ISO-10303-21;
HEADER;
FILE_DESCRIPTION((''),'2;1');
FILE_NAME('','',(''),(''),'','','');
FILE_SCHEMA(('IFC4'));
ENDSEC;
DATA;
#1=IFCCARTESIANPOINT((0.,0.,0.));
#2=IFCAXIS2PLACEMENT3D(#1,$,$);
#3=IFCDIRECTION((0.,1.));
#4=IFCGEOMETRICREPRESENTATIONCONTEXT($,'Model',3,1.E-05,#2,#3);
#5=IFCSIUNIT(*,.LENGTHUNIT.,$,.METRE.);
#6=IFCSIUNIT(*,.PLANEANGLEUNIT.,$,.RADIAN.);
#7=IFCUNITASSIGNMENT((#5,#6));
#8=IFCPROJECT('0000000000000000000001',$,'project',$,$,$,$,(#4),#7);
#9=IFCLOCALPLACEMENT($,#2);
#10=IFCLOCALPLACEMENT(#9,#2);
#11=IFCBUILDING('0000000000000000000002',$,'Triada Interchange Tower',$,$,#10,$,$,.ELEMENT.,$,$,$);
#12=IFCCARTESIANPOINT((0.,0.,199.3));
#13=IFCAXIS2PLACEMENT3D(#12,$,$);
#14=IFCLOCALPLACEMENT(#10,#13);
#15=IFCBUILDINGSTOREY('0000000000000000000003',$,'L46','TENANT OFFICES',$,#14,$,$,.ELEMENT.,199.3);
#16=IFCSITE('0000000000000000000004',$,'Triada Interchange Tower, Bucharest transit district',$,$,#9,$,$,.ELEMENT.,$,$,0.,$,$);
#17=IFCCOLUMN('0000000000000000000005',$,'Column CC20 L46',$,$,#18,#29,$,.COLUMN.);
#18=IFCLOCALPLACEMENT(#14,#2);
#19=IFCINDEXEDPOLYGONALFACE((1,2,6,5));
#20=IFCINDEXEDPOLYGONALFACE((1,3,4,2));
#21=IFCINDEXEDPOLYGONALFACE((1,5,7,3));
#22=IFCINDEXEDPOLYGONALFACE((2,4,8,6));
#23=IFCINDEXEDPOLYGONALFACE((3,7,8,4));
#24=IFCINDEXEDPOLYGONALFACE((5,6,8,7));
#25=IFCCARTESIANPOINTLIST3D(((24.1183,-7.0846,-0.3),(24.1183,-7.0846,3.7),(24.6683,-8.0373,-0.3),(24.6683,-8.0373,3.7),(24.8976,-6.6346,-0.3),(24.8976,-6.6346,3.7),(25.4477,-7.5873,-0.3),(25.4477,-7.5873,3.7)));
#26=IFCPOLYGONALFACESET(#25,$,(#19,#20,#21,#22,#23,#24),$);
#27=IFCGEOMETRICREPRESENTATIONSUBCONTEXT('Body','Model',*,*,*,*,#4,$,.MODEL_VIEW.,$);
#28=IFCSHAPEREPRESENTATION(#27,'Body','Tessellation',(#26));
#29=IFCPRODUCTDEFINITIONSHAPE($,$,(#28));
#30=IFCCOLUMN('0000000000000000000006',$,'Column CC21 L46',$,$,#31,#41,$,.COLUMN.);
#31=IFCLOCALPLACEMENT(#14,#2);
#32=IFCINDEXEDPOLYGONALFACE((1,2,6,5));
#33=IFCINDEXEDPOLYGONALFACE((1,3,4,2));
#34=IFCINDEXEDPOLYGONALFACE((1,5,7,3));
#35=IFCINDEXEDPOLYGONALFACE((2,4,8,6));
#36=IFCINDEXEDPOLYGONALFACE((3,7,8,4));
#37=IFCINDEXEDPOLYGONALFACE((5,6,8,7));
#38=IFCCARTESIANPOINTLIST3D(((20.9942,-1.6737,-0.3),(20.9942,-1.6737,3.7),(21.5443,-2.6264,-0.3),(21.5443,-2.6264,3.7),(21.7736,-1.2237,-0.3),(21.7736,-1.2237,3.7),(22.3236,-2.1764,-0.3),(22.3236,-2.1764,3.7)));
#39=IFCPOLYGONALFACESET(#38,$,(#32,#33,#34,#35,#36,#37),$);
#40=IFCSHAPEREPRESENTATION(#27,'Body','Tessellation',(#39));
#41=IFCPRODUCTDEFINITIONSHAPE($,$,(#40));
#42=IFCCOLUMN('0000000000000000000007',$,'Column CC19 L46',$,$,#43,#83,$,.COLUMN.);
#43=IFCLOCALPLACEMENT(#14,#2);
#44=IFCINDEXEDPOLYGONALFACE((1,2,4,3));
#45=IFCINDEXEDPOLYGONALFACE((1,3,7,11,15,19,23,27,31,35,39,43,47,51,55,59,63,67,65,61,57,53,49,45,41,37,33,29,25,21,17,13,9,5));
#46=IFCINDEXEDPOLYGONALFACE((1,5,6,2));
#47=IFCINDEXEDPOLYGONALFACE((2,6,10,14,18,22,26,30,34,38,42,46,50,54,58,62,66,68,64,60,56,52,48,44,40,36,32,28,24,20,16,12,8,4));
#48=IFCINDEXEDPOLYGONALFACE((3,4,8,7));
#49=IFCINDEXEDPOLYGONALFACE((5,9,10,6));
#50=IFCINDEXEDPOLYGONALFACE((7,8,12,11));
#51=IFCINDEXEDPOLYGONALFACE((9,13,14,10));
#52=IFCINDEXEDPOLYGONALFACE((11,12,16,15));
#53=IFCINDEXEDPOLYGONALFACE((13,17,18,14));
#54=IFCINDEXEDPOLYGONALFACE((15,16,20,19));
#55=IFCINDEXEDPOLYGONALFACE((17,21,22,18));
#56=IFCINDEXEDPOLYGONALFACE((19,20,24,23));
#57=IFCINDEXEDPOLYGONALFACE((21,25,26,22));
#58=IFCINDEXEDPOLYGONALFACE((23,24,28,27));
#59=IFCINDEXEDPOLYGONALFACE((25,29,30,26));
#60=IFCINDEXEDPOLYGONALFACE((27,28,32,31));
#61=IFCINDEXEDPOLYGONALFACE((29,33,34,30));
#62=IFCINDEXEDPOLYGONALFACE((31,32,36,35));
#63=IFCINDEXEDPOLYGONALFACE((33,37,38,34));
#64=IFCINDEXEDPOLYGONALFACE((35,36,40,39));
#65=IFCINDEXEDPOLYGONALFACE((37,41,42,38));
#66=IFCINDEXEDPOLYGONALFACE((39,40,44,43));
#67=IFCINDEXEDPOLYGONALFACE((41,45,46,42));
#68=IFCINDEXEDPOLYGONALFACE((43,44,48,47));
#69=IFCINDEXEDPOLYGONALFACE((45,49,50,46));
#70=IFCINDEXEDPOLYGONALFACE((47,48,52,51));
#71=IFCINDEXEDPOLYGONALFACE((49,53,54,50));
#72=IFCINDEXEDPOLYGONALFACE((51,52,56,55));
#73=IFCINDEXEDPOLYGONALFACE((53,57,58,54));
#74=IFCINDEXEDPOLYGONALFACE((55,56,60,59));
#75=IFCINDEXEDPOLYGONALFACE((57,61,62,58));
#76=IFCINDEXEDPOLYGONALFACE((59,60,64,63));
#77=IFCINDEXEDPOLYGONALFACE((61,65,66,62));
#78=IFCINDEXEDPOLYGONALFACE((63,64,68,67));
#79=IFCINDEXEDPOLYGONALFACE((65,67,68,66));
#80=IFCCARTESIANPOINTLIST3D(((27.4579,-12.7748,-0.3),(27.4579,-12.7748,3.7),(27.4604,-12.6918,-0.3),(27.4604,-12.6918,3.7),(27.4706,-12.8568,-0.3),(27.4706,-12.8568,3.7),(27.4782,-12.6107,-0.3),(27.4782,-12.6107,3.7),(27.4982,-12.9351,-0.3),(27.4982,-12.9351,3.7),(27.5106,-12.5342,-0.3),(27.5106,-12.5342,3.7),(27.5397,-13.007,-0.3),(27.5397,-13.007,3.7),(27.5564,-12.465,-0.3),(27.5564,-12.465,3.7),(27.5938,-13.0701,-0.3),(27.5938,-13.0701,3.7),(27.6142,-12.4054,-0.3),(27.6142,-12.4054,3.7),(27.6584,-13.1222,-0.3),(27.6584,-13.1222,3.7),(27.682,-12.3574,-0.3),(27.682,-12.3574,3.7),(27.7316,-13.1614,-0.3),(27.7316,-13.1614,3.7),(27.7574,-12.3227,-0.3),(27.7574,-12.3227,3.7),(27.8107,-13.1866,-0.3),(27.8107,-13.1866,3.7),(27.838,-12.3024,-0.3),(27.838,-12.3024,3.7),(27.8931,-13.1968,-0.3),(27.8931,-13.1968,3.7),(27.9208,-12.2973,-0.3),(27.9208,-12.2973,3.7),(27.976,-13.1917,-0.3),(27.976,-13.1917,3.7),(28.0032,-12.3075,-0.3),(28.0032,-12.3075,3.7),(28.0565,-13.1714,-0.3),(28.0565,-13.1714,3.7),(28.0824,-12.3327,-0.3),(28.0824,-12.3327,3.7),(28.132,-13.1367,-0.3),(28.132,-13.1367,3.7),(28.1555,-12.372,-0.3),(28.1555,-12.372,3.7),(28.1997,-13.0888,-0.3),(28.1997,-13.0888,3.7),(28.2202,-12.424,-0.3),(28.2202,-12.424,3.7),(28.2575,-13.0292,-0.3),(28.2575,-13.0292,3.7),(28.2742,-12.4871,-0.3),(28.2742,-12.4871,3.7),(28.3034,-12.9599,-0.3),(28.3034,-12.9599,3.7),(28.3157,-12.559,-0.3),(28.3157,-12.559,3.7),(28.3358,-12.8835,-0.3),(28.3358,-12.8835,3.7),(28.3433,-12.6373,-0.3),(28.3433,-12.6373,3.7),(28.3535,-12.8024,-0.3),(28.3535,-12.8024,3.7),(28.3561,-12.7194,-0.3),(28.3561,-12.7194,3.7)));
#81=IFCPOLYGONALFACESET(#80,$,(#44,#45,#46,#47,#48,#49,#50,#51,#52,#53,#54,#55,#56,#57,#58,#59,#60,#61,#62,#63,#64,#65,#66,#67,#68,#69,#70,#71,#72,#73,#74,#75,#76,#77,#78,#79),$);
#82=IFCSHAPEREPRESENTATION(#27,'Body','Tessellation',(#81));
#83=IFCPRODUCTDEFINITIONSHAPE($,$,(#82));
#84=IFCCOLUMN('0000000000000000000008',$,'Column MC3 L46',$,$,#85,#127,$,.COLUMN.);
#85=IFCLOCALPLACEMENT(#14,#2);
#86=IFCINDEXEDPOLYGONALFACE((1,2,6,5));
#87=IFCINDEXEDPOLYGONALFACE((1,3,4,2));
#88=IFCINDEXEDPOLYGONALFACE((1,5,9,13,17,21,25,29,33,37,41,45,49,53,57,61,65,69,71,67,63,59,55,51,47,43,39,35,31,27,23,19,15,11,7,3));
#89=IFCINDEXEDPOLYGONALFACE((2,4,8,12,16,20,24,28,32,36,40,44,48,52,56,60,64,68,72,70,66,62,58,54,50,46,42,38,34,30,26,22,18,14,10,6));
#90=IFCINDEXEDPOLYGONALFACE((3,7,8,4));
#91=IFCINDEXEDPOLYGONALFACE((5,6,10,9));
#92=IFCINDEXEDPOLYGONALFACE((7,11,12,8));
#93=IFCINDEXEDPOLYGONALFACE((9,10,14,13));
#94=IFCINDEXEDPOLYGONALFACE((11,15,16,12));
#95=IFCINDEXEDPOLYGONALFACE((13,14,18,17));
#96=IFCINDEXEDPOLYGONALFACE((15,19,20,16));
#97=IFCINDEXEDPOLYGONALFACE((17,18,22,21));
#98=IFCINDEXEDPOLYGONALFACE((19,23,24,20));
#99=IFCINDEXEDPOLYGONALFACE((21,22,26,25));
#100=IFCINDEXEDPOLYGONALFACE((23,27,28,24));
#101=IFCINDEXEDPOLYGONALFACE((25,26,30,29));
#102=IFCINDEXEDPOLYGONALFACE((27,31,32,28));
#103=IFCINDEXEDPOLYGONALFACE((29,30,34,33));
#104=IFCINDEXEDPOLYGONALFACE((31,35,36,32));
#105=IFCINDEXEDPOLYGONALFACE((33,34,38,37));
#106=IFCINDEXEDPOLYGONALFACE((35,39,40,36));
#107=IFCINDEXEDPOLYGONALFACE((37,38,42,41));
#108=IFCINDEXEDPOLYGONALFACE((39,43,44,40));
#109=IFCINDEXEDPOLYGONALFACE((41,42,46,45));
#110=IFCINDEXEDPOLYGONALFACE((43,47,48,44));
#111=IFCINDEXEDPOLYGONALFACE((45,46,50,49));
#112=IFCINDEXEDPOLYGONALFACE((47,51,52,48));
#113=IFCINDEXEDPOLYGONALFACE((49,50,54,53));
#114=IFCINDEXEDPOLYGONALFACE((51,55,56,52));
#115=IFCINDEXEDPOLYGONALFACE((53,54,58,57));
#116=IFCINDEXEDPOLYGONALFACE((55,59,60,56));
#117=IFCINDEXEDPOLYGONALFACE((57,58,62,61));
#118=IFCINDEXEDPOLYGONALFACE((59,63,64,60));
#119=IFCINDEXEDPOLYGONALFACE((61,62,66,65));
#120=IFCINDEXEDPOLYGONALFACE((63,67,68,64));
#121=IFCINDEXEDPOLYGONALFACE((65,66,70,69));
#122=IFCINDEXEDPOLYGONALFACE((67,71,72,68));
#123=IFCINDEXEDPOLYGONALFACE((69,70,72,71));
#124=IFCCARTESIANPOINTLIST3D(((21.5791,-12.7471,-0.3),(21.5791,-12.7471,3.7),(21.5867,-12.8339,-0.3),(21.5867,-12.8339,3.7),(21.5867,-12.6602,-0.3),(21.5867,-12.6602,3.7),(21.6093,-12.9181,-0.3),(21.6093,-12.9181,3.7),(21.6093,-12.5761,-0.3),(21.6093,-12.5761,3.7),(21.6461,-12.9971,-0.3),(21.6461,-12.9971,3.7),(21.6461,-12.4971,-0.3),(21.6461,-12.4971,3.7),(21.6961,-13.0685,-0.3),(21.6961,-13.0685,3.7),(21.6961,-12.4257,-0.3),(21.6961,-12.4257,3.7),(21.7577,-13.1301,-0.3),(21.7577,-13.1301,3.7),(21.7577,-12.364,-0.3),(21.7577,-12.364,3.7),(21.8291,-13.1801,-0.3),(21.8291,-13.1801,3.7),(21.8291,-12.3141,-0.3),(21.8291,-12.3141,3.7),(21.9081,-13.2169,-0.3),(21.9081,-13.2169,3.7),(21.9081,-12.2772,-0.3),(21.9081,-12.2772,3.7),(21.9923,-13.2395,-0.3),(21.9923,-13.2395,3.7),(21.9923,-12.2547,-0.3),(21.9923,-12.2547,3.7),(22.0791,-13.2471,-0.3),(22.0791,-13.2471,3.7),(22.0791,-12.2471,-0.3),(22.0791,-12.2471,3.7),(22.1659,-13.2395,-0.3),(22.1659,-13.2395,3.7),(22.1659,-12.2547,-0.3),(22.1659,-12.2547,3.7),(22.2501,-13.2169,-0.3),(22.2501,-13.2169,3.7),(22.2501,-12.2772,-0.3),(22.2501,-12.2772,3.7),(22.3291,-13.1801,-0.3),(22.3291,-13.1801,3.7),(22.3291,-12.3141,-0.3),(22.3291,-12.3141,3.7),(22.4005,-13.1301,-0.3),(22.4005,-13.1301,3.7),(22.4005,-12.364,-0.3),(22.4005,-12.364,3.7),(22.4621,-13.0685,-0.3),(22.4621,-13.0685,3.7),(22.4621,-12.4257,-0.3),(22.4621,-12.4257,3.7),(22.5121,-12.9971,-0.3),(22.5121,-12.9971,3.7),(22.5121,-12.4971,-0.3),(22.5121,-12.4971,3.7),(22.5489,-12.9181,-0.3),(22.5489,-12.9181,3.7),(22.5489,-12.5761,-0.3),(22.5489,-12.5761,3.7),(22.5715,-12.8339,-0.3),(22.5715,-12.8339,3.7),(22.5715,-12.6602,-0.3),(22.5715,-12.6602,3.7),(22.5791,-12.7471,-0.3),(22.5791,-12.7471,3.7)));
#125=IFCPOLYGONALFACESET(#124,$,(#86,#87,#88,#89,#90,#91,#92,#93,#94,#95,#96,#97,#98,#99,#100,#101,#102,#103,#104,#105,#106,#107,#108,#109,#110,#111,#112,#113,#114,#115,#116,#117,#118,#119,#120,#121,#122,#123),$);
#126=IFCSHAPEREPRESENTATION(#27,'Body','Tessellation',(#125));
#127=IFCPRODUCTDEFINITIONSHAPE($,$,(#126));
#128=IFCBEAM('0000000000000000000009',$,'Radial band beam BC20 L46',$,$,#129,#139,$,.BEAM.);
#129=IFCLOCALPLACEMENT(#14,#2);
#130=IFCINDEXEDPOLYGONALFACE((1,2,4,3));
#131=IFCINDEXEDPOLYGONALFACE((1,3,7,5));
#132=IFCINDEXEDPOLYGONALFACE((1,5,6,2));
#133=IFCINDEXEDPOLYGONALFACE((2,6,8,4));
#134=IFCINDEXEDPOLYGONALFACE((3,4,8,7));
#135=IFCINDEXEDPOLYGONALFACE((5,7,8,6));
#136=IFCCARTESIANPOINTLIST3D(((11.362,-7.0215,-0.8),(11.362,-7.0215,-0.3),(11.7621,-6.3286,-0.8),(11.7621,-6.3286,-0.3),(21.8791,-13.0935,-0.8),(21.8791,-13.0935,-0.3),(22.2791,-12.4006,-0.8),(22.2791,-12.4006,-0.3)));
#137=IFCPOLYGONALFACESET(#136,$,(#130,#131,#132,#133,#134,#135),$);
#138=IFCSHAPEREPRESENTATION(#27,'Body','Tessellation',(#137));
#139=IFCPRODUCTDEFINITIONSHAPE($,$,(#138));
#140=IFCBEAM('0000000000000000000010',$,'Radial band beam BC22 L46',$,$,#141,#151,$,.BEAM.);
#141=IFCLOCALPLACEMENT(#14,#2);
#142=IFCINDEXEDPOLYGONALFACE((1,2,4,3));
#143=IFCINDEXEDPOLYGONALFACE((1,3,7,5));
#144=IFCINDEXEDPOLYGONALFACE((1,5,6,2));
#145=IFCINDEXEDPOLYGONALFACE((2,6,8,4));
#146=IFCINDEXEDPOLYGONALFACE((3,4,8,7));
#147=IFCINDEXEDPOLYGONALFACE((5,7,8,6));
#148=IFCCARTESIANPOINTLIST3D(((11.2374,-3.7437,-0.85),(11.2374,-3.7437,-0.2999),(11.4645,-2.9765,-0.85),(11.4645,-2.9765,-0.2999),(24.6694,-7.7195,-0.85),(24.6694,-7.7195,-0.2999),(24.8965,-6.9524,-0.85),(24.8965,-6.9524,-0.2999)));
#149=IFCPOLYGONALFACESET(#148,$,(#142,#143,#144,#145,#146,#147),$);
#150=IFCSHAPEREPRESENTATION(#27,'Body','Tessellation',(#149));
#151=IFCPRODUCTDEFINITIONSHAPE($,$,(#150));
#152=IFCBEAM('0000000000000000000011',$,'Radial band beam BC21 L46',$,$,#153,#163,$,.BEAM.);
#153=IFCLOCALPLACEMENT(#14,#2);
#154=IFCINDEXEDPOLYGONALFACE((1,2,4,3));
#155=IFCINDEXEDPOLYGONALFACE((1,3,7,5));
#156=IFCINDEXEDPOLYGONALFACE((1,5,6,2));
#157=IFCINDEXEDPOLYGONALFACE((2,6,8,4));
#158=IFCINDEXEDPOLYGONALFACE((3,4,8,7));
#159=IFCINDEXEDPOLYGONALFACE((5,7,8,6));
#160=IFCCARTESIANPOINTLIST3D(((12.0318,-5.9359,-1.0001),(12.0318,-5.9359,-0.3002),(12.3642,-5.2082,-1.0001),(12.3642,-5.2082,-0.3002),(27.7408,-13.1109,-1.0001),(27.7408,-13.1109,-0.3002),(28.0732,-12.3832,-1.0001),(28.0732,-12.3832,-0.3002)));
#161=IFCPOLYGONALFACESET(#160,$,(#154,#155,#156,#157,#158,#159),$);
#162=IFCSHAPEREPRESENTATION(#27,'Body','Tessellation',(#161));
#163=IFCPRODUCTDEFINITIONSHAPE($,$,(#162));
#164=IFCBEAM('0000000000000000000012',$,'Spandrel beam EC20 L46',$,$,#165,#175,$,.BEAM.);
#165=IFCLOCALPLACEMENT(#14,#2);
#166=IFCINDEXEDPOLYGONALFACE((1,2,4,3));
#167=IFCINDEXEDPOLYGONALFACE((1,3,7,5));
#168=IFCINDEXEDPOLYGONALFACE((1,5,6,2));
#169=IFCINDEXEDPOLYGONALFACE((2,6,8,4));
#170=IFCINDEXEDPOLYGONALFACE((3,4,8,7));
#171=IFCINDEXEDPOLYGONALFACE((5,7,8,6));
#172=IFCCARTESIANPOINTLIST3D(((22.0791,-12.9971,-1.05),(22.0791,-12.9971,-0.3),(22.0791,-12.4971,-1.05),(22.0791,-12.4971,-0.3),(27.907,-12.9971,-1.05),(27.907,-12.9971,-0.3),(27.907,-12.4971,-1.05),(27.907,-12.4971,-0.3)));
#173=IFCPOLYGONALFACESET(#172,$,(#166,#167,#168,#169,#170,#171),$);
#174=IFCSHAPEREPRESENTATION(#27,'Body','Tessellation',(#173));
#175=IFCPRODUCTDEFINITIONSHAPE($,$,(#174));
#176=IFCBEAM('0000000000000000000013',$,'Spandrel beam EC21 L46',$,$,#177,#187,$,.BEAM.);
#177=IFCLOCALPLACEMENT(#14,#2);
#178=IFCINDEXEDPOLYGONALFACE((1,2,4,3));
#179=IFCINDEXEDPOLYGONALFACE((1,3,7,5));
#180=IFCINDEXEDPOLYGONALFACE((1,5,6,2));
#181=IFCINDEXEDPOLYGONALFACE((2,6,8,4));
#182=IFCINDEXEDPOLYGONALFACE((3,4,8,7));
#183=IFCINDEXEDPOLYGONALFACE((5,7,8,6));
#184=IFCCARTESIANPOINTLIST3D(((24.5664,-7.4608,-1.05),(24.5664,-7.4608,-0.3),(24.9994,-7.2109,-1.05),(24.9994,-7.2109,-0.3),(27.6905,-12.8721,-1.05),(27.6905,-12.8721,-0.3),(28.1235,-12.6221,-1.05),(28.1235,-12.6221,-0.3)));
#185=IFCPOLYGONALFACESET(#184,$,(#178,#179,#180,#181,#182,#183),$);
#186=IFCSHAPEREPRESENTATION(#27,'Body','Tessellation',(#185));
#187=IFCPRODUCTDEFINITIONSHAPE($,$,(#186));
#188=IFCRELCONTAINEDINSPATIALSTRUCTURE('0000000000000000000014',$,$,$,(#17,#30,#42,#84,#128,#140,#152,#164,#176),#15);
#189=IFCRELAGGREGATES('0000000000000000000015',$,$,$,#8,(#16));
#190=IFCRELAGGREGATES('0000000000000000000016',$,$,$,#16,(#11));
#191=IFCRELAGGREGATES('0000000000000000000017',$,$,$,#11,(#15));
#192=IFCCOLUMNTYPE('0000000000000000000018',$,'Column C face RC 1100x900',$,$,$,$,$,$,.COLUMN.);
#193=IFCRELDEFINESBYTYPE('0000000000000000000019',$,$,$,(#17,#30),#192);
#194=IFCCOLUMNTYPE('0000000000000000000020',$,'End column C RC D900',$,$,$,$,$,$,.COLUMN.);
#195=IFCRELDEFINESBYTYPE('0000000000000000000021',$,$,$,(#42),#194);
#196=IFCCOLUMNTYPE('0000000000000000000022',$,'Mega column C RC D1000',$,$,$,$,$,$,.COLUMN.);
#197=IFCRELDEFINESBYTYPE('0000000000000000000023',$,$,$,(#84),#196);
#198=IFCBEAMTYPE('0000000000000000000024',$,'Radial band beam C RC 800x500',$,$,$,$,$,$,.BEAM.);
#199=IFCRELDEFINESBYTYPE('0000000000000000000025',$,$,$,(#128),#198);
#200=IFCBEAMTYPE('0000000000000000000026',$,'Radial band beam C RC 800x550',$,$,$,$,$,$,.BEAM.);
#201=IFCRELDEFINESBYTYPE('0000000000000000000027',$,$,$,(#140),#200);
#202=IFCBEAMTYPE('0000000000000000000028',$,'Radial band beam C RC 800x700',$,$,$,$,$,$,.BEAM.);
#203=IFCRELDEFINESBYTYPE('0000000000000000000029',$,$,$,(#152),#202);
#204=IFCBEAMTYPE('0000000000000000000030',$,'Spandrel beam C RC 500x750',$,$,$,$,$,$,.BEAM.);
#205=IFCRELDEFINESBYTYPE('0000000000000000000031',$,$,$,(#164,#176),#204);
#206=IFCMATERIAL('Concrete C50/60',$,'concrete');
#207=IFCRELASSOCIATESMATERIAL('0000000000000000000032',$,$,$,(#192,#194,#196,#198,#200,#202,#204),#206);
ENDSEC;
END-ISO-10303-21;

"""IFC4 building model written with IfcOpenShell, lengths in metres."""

from ifc_helpers import new_model, si_unit, direction, frame, origin, origin_2d, place, context, subcontext, project, spatial, rectangle, circle, extrude, material, material_profile, profile_set, type_object, element, save


model = new_model("IFC4")

# Units and contexts
model_context = context("Model", 3, precision=1e-05, world=origin(), true_north=direction((0.0, 1.0)))
body_context = subcontext(model_context, "Body", "Model", "MODEL_VIEW")
ifc_project = project(units=[si_unit("LENGTHUNIT", "METRE"), si_unit("PLANEANGLEUNIT", "RADIAN")], contexts=[model_context])

# Site, building, storey
site_placement = place(None, origin())
site = spatial("IfcSite", under=ifc_project, at=site_placement, Name="Triada Interchange Tower, Bucharest transit district", CompositionType="ELEMENT", RefElevation=0.0)
building_placement = place(site_placement, origin())
building = spatial("IfcBuilding", under=site, at=building_placement, Name="Triada Interchange Tower", CompositionType="ELEMENT")
storey_placement = place(building_placement, frame((0.0, 0.0, 199.3)))
storey = spatial("IfcBuildingStorey", under=building, at=storey_placement, Name="L46", Description="TENANT OFFICES", CompositionType="ELEMENT", Elevation=199.3)

# Columns
ifc_material_1 = material(Name="Concrete C50/60", Category="concrete")
ifc_material_profile_1 = material_profile(ifc_material_1, rectangle(XDim=1.1001, YDim=0.8999, at=origin_2d()), Name="RC 1100x900")
ifc_profile_set_1 = profile_set([ifc_material_profile_1], Name="Concrete C50/60")
column_type_1 = type_object("IfcColumnType", Name="Column C face RC 1100x900", PredefinedType="COLUMN", material=ifc_profile_set_1)
for number, where, z_axis, x_axis, name in (
    (1, (24.783, -7.3359, -0.3), (0.0, 0.0, 1.0), (-0.5, 0.866025, 0.0), "Column CC20 L46"),
    (2, (21.6589, -1.925, -0.3), (0.0, 0.0, 1.0), (-0.5, 0.866025, 0.0), "Column CC21 L46"),
):
    element("IfcColumn", number, at=place(storey_placement, frame(where, z_axis=z_axis, x_axis=x_axis)), inside=storey, type_object=column_type_1, Name=name, PredefinedType="COLUMN", context=body_context, shape_type="SweptSolid", body=[
        extrude(rectangle(XDim=1.1001, YDim=0.8999, at=origin_2d()), origin(), (0.0, 0.0, 1.0), 4.0),
    ])
ifc_material_profile_2 = material_profile(ifc_material_1, circle(Radius=0.45, at=origin_2d()), Name="RC D900")
ifc_profile_set_2 = profile_set([ifc_material_profile_2], Name="Concrete C50/60")
column_type_2 = type_object("IfcColumnType", Name="End column C RC D900", PredefinedType="COLUMN", material=ifc_profile_set_2)
column_1_placement = place(storey_placement, frame((27.907, -12.7471, -0.3), z_axis=(0.0, 0.0, 1.0), x_axis=(-0.5, 0.866025, 0.0)))
element("IfcColumn", 3, at=column_1_placement, inside=storey, type_object=column_type_2, Name="Column CC19 L46", PredefinedType="COLUMN", context=body_context, shape_type="SweptSolid", body=[
    extrude(circle(Radius=0.45, at=origin_2d()), origin(), (0.0, 0.0, 1.0), 4.0),
])
ifc_material_profile_3 = material_profile(ifc_material_1, circle(Radius=0.5, at=origin_2d()), Name="RC D1000")
ifc_profile_set_3 = profile_set([ifc_material_profile_3], Name="Concrete C50/60")
column_type_3 = type_object("IfcColumnType", Name="Mega column C RC D1000", PredefinedType="COLUMN", material=ifc_profile_set_3)
column_2_placement = place(storey_placement, frame((22.0791, -12.7471, -0.3), z_axis=(0.0, 0.0, 1.0), x_axis=(1.0, 0.0, 0.0)))
element("IfcColumn", 4, at=column_2_placement, inside=storey, type_object=column_type_3, Name="Column MC3 L46", PredefinedType="COLUMN", context=body_context, shape_type="SweptSolid", body=[
    extrude(circle(Radius=0.5, at=origin_2d()), origin(), (0.0, 0.0, 1.0), 4.0),
])

# Beams
ifc_material_profile_4 = material_profile(ifc_material_1, rectangle(XDim=0.8, YDim=0.5, at=origin_2d()), Name="RC 800x500")
ifc_profile_set_4 = profile_set([ifc_material_profile_4], Name="Concrete C50/60")
beam_type_1 = type_object("IfcBeamType", Name="Radial band beam C RC 800x500", PredefinedType="BEAM", material=ifc_profile_set_4)
beam_1_placement = place(storey_placement, frame((22.0791, -12.7471, -0.55), z_axis=(-0.866026, 0.499999, 0.0), x_axis=(-0.499999, -0.866026, 0.0)))
element("IfcBeam", 5, at=beam_1_placement, inside=storey, type_object=beam_type_1, Name="Radial band beam BC20 L46", PredefinedType="BEAM", context=body_context, shape_type="SweptSolid", body=[
    extrude(rectangle(XDim=0.8, YDim=0.5, at=origin_2d()), origin(), (0.0, 0.0, 1.0), 12.144),
])
ifc_material_profile_5 = material_profile(ifc_material_1, rectangle(XDim=0.8, YDim=0.55, at=origin_2d()), Name="RC 800x550")
ifc_profile_set_5 = profile_set([ifc_material_profile_5], Name="Concrete C50/60")
beam_type_2 = type_object("IfcBeamType", Name="Radial band beam C RC 800x550", PredefinedType="BEAM", material=ifc_profile_set_5)
beam_2_placement = place(storey_placement, frame((24.783, -7.3359, -0.575), z_axis=(-0.958876, 0.283827, 0.0), x_axis=(-0.283827, -0.958876, 0.0)))
element("IfcBeam", 6, at=beam_2_placement, inside=storey, type_object=beam_type_2, Name="Radial band beam BC22 L46", PredefinedType="BEAM", context=body_context, shape_type="SweptSolid", body=[
    extrude(rectangle(XDim=0.8, YDim=0.55, at=origin_2d()), origin(), (0.0, 0.0, 1.0), 14.0081),
])
ifc_material_profile_6 = material_profile(ifc_material_1, rectangle(XDim=0.8, YDim=0.7, at=origin_2d()), Name="RC 800x700")
ifc_profile_set_6 = profile_set([ifc_material_profile_6], Name="Concrete C50/60")
beam_type_3 = type_object("IfcBeamType", Name="Radial band beam C RC 800x700", PredefinedType="BEAM", material=ifc_profile_set_6)
beam_3_placement = place(storey_placement, frame((27.907, -12.7471, -0.6501), z_axis=(-0.90961, 0.415463, 0.0), x_axis=(-0.415463, -0.90961, 0.0)))
element("IfcBeam", 7, at=beam_3_placement, inside=storey, type_object=beam_type_3, Name="Radial band beam BC21 L46", PredefinedType="BEAM", context=body_context, shape_type="SweptSolid", body=[
    extrude(rectangle(XDim=0.8, YDim=0.7, at=origin_2d()), origin(), (0.0, 0.0, 1.0), 17.27),
])
ifc_material_profile_7 = material_profile(ifc_material_1, rectangle(XDim=0.5, YDim=0.75, at=origin_2d()), Name="RC 500x750")
ifc_profile_set_7 = profile_set([ifc_material_profile_7], Name="Concrete C50/60")
beam_type_4 = type_object("IfcBeamType", Name="Spandrel beam C RC 500x750", PredefinedType="BEAM", material=ifc_profile_set_7)
beam_4_placement = place(storey_placement, frame((22.0791, -12.7471, -0.675), z_axis=(1.0, 0.0, 0.0), x_axis=(0.0, 1.0, 0.0)))
element("IfcBeam", 8, at=beam_4_placement, inside=storey, type_object=beam_type_4, Name="Spandrel beam EC20 L46", PredefinedType="BEAM", context=body_context, shape_type="SweptSolid", body=[
    extrude(rectangle(XDim=0.5, YDim=0.75, at=origin_2d()), origin(), (0.0, 0.0, 1.0), 5.8279),
])
beam_5_placement = place(storey_placement, frame((27.907, -12.7471, -0.675), z_axis=(-0.499989, 0.866032, 0.0), x_axis=(-0.866032, -0.499989, 0.0)))
element("IfcBeam", 9, at=beam_5_placement, inside=storey, type_object=beam_type_4, Name="Spandrel beam EC21 L46", PredefinedType="BEAM", context=body_context, shape_type="SweptSolid", body=[
    extrude(rectangle(XDim=0.5, YDim=0.75, at=origin_2d()), origin(), (0.0, 0.0, 1.0), 6.2483),
])

save(model, "model.ifc")
